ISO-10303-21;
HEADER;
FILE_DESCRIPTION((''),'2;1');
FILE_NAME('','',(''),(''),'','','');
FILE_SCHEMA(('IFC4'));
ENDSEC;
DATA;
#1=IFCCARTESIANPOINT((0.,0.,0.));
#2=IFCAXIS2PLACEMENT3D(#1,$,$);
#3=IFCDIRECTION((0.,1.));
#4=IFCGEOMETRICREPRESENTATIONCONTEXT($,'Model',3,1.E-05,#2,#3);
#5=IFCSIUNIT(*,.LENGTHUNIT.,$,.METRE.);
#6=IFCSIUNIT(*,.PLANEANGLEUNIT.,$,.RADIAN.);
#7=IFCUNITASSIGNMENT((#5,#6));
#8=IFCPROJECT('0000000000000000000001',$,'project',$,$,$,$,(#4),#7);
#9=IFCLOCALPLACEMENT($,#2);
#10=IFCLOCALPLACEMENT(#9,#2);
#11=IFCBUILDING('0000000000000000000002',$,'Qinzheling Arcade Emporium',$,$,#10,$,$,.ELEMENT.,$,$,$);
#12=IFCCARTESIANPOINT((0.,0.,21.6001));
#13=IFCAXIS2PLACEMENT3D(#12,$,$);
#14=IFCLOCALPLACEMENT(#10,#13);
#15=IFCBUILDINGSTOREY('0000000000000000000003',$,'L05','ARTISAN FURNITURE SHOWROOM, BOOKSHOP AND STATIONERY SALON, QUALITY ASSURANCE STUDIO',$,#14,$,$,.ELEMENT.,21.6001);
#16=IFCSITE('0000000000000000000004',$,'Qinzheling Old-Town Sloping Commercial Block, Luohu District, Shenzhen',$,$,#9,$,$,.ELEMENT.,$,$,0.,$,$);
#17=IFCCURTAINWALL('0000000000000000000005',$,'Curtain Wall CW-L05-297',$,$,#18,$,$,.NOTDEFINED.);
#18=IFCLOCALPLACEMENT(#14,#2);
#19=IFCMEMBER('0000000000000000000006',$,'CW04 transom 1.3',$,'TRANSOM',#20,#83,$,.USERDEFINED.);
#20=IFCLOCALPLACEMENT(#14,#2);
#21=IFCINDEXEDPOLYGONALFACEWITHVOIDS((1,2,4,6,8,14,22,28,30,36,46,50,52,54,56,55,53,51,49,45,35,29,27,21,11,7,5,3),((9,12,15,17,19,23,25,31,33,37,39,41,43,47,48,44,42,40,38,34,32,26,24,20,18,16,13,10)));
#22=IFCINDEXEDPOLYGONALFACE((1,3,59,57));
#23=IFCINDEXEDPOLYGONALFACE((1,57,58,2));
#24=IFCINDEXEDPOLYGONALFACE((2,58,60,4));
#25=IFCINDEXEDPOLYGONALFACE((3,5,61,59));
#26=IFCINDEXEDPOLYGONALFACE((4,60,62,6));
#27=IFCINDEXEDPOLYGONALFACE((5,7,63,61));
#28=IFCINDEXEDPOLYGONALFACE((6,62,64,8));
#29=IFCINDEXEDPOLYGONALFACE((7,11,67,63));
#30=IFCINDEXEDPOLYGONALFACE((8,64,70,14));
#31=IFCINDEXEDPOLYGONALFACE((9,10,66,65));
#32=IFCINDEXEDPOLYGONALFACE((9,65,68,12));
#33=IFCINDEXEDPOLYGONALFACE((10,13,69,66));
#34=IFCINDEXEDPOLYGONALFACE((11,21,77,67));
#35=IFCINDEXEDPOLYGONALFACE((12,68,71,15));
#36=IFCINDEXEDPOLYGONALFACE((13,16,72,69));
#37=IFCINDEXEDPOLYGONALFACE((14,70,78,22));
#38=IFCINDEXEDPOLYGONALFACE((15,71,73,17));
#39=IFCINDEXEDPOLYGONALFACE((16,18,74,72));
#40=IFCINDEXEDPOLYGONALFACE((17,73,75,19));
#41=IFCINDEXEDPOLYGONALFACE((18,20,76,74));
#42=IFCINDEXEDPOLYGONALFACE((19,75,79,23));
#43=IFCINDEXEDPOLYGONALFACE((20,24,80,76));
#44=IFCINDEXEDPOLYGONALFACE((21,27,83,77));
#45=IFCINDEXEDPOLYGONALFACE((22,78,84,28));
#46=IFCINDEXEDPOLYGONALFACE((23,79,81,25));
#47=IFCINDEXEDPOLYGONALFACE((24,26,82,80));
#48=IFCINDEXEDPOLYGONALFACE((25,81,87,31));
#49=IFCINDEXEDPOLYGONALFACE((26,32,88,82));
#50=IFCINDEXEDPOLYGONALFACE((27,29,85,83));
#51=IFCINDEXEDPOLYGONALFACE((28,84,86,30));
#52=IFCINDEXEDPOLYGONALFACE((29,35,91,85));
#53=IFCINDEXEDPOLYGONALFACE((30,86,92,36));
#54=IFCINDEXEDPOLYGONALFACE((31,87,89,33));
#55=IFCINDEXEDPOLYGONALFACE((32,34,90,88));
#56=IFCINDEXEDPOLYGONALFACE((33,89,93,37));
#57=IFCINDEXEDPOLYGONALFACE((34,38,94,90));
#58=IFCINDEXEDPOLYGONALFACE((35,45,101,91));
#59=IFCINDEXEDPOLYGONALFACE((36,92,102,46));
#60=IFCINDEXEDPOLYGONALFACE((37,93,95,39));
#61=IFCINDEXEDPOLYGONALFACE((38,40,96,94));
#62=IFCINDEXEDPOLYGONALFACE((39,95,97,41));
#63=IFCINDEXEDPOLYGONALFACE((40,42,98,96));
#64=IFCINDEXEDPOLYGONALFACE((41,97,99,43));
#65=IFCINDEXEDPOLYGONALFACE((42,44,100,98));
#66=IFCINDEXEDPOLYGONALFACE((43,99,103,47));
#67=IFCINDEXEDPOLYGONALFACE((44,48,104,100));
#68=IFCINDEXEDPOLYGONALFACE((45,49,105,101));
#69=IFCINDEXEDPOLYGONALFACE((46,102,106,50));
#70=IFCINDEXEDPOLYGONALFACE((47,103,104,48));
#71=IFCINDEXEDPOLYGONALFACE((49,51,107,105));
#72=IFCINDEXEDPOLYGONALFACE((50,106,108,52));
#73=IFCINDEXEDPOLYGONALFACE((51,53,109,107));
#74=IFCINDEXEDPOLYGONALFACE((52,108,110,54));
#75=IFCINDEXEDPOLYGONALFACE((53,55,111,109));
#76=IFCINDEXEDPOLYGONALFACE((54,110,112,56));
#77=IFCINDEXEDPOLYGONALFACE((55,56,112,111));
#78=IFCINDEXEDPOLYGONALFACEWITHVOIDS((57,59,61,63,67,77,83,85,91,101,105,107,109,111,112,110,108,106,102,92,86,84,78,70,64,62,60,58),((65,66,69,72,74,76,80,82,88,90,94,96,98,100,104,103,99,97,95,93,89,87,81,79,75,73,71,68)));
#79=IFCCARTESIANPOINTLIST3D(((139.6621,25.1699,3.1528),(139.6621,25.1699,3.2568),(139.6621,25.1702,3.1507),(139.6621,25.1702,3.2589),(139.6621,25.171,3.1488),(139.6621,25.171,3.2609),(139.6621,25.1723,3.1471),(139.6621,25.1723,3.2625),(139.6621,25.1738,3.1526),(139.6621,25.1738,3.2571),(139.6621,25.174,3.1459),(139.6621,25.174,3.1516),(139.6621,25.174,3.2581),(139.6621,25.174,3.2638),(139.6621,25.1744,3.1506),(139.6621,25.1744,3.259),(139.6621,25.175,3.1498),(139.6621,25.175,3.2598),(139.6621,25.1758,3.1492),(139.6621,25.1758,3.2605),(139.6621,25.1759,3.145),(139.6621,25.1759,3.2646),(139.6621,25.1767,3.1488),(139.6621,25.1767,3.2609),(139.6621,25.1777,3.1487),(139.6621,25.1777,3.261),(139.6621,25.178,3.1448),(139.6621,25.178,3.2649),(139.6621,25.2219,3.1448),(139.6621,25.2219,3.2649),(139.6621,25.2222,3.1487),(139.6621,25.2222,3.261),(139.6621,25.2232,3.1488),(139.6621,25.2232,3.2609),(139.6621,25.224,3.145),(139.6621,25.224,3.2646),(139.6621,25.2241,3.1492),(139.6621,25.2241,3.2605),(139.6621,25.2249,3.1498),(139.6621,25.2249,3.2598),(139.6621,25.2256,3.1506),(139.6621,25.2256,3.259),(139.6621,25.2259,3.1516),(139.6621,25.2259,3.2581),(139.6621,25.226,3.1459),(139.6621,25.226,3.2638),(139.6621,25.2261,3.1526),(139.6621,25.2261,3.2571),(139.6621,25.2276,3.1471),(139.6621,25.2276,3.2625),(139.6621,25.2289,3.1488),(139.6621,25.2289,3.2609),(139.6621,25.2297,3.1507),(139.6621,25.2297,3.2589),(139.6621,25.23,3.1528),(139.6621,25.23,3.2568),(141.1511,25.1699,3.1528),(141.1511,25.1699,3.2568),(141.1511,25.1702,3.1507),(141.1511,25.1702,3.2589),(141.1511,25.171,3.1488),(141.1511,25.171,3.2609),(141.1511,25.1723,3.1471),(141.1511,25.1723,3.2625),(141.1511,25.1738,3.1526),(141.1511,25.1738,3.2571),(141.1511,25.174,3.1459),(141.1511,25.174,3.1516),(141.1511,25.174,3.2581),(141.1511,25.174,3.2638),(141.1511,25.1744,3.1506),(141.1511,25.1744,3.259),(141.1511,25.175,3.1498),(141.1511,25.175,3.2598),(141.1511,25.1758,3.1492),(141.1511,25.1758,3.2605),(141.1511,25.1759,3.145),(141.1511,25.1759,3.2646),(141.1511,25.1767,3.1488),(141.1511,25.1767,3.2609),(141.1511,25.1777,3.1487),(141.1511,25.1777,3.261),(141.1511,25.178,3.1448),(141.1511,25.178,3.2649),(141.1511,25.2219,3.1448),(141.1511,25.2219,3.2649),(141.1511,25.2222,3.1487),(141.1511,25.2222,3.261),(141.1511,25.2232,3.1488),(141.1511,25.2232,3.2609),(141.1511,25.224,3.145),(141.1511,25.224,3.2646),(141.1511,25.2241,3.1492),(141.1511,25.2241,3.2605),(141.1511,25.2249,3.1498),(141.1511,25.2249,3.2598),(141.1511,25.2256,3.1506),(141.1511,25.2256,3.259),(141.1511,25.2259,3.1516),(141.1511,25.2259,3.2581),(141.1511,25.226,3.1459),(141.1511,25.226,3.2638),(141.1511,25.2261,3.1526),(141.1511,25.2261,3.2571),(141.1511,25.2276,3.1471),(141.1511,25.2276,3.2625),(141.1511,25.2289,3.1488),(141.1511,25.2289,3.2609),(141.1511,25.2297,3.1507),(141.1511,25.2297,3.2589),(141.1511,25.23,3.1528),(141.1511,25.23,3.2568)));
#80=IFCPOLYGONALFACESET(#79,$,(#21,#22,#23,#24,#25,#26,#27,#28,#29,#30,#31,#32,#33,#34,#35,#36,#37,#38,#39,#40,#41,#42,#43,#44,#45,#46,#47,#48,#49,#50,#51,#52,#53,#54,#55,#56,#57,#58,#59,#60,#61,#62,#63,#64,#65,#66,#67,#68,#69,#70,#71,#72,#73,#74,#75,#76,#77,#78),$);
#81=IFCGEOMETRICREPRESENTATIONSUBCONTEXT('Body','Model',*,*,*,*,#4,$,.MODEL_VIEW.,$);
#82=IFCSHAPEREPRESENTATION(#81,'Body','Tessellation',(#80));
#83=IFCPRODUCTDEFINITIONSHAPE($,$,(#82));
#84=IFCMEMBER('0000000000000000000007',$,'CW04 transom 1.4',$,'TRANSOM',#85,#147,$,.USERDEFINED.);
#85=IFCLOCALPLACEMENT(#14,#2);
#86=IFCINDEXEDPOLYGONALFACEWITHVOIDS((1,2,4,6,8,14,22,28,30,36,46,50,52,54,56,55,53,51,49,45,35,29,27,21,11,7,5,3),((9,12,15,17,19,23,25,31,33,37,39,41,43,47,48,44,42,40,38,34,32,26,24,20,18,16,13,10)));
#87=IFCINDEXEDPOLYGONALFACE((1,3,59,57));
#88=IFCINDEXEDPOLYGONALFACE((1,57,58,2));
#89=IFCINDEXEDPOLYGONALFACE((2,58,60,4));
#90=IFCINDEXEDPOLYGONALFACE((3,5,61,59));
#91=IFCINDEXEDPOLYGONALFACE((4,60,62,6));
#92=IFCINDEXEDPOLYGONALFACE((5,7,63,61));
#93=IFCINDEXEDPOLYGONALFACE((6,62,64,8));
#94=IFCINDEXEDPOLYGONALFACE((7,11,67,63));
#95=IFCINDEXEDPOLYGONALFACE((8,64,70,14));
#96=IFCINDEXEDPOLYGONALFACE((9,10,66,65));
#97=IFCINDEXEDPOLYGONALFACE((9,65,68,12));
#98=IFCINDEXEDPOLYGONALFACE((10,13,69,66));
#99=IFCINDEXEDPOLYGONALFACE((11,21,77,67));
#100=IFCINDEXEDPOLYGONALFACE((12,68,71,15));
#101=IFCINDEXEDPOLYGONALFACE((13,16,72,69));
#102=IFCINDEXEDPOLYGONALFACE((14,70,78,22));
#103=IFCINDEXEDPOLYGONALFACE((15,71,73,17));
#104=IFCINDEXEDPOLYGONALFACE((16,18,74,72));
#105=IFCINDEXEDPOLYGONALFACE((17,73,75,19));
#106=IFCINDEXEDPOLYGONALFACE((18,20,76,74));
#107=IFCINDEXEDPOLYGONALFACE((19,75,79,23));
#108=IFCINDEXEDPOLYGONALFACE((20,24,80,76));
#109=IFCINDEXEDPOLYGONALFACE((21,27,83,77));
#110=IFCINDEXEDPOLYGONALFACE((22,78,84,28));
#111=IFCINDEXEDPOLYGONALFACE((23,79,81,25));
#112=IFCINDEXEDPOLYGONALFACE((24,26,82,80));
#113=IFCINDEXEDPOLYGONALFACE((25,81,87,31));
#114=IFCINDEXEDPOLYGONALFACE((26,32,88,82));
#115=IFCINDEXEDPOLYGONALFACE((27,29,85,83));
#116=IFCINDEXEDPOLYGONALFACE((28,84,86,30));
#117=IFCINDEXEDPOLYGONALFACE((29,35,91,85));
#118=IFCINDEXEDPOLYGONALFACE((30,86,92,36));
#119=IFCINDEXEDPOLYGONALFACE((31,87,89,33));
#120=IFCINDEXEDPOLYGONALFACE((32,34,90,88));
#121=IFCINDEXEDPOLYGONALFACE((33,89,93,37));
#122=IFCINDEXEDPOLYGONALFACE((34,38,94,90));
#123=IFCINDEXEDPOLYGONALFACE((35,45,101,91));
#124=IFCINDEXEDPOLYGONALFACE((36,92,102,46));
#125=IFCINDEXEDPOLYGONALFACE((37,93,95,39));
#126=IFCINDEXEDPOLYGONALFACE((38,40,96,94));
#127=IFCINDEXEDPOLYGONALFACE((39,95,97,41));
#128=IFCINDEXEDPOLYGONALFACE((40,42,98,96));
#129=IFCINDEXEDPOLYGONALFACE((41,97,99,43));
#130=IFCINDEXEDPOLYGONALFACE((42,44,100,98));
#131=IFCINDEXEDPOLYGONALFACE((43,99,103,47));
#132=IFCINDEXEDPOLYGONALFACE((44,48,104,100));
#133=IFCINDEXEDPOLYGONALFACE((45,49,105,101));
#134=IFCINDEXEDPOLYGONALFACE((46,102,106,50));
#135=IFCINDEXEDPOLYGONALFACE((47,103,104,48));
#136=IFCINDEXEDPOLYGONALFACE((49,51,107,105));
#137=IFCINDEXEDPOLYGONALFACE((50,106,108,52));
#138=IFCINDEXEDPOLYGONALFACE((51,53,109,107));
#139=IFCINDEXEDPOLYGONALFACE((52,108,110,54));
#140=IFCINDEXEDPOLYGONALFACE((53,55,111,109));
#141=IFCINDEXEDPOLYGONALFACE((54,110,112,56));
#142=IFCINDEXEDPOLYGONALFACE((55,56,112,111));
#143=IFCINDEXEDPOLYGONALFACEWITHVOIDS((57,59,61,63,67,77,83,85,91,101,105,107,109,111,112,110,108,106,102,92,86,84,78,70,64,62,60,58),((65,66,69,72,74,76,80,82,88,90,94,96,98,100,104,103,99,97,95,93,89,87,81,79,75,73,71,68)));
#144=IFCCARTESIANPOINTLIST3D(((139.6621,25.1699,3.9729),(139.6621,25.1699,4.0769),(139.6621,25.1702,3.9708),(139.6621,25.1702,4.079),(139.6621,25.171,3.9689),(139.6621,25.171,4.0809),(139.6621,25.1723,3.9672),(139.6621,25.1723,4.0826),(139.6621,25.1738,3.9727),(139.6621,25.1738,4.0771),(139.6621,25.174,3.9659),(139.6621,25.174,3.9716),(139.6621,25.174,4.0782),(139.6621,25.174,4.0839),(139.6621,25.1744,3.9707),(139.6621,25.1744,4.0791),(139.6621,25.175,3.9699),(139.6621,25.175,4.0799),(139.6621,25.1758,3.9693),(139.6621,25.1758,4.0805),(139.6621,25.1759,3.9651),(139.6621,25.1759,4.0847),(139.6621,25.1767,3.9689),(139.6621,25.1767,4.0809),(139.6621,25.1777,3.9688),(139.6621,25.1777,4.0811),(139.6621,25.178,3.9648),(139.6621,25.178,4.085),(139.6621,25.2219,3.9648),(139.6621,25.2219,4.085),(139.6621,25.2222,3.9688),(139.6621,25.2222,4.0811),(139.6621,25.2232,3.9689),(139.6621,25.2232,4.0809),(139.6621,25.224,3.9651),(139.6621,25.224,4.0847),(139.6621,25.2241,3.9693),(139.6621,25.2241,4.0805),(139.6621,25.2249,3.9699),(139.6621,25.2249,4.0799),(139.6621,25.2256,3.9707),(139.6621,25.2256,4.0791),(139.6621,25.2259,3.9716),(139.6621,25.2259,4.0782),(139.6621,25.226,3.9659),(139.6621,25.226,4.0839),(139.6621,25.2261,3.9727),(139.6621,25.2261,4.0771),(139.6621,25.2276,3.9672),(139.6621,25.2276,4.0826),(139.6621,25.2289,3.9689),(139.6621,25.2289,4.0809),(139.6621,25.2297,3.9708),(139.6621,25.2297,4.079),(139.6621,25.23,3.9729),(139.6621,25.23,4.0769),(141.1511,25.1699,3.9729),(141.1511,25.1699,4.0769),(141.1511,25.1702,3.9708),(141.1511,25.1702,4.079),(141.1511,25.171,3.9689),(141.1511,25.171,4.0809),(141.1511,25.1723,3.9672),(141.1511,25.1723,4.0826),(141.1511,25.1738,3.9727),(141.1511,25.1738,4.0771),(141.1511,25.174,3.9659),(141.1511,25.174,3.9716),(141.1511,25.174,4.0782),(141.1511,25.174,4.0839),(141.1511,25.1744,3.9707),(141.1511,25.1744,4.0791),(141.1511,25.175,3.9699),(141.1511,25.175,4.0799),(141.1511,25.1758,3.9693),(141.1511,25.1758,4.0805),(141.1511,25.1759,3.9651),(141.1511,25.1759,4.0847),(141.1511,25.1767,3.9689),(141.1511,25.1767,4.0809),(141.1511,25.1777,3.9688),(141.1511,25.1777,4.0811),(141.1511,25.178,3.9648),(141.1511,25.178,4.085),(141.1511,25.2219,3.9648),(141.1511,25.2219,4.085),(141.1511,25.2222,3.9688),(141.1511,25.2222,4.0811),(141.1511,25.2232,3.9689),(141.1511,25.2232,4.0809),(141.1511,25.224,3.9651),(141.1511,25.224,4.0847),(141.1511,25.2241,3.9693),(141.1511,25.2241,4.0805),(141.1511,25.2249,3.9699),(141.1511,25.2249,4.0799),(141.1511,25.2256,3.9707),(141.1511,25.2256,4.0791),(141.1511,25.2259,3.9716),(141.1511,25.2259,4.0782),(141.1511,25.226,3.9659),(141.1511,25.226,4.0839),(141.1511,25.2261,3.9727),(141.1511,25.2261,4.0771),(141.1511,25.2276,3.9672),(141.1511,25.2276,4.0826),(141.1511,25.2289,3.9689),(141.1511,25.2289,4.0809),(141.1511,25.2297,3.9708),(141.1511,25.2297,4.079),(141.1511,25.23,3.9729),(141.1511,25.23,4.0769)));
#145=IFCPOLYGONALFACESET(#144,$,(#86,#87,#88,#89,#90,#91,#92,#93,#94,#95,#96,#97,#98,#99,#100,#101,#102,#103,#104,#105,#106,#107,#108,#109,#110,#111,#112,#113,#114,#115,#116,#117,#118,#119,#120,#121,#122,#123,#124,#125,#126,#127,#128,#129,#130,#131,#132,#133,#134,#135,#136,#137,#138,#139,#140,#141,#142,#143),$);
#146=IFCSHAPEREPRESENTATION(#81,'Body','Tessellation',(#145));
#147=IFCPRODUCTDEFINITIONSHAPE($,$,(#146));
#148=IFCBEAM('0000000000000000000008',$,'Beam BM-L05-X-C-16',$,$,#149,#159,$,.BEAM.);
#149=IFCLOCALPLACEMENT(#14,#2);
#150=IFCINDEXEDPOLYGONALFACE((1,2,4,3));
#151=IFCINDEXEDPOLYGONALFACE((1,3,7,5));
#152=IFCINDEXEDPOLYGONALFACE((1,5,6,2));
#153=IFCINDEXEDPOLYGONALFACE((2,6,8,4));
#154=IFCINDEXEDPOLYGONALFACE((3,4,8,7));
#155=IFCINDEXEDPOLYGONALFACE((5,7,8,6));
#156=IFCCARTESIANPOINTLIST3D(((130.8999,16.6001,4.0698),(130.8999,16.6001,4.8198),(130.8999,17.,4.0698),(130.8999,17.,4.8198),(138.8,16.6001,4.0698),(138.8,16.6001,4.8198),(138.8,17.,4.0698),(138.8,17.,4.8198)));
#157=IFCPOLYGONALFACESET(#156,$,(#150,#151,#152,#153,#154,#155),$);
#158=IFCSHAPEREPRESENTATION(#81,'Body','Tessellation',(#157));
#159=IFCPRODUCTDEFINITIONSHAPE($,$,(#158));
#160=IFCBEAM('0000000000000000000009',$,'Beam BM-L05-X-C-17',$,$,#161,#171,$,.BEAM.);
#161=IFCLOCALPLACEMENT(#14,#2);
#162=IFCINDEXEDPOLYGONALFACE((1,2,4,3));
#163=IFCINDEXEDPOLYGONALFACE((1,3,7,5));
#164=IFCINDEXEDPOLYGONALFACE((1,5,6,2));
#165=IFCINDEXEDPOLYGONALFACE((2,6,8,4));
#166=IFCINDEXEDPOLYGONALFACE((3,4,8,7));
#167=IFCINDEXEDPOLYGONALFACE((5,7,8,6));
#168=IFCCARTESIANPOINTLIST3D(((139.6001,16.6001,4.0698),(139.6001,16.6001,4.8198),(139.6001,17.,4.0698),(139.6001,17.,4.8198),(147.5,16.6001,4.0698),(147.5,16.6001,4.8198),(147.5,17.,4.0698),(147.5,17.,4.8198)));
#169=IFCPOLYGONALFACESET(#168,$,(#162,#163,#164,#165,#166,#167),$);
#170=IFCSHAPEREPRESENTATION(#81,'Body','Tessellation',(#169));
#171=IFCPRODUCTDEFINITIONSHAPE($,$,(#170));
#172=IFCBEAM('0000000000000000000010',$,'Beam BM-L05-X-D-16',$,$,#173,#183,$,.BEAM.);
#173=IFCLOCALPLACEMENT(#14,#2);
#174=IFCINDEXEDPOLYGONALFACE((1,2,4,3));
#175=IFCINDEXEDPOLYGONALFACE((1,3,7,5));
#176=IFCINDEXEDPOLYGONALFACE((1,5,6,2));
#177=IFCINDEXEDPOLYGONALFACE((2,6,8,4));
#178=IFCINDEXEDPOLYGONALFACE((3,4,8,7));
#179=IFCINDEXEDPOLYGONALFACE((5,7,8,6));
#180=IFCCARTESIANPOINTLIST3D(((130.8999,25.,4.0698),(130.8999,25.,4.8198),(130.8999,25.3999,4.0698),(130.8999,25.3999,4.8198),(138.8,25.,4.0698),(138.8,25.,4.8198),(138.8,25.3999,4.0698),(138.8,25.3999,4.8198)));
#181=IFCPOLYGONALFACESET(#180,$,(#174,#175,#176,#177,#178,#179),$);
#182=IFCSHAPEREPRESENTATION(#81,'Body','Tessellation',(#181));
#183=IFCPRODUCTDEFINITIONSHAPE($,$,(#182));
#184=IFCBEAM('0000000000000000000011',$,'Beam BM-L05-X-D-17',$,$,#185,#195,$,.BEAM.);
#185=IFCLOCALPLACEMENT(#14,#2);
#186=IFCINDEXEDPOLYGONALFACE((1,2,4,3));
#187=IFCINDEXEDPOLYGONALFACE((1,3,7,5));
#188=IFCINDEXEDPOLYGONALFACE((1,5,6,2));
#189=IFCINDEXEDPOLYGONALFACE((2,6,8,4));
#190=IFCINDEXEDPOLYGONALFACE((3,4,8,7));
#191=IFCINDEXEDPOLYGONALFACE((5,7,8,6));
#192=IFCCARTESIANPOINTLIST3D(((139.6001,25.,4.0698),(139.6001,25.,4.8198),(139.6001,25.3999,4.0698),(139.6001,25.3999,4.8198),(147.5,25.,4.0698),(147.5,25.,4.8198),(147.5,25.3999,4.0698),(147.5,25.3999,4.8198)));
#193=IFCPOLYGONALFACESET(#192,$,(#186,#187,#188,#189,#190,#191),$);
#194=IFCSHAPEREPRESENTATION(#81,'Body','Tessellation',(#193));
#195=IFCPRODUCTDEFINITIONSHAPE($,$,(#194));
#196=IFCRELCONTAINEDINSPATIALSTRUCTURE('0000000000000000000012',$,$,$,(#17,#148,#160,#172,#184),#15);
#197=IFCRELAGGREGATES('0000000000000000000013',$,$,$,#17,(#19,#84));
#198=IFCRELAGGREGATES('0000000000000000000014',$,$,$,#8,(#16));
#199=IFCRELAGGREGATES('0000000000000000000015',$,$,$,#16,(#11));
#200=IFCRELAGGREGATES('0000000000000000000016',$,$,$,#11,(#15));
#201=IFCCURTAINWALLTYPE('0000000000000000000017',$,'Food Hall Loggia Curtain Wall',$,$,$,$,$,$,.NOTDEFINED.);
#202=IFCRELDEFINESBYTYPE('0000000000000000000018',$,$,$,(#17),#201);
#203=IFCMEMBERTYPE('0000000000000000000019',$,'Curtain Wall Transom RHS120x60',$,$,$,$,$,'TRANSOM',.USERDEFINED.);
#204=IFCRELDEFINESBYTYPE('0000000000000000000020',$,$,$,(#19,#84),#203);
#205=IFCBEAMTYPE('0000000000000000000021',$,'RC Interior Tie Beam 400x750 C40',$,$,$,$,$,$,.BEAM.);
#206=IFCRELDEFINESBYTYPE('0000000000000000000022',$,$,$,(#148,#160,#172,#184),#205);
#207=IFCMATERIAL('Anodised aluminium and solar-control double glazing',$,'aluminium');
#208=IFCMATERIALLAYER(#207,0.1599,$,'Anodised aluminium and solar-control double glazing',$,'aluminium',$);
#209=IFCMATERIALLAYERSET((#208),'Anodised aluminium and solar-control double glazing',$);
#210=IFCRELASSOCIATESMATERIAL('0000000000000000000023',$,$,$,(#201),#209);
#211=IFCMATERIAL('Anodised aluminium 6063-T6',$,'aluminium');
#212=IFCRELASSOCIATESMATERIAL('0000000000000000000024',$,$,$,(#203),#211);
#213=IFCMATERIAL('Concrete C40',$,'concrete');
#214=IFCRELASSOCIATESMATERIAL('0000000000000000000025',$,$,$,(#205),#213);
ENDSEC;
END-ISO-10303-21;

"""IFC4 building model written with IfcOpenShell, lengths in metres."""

from ifc_helpers import new_model, si_unit, direction, frame, origin, origin_2d, place, context, subcontext, project, spatial, rectangle, hollow_rectangle, extrude, material, layer, layer_set, material_profile, profile_set, type_object, element, aggregate, save


model = new_model("IFC4")

# Units and contexts
model_context = context("Model", 3, precision=1e-05, world=origin(), true_north=direction((0.0, 1.0)))
body_context = subcontext(model_context, "Body", "Model", "MODEL_VIEW")
ifc_project = project(units=[si_unit("LENGTHUNIT", "METRE"), si_unit("PLANEANGLEUNIT", "RADIAN")], contexts=[model_context])

# Site, building, storey
site_placement = place(None, origin())
site = spatial("IfcSite", under=ifc_project, at=site_placement, Name="Qinzheling Old-Town Sloping Commercial Block, Luohu District, Shenzhen", CompositionType="ELEMENT", RefElevation=0.0)
building_placement = place(site_placement, origin())
building = spatial("IfcBuilding", under=site, at=building_placement, Name="Qinzheling Arcade Emporium", CompositionType="ELEMENT")
storey_placement = place(building_placement, frame((0.0, 0.0, 21.6001)))
storey = spatial("IfcBuildingStorey", under=building, at=storey_placement, Name="L05", Description="ARTISAN FURNITURE SHOWROOM, BOOKSHOP AND STATIONERY SALON, QUALITY ASSURANCE STUDIO", CompositionType="ELEMENT", Elevation=21.6001)

# Shared definitions
ifc_material_1 = material(Name="Concrete C40", Category="concrete")

# Shared definitions
ifc_material_2 = material(Name="Anodised aluminium and solar-control double glazing", Category="aluminium")
ifc_layer_1 = layer(ifc_material_2, 0.1599, Name="Anodised aluminium and solar-control double glazing", Category="aluminium")
ifc_layer_set_1 = layer_set([ifc_layer_1], Name="Anodised aluminium and solar-control double glazing")
curtain_wall_type = type_object("IfcCurtainWallType", Name="Food Hall Loggia Curtain Wall", PredefinedType="NOTDEFINED", material=ifc_layer_set_1)
ifc_material_3 = material(Name="Anodised aluminium 6063-T6", Category="aluminium")

# Curtain wall
curtain_wall_1_placement = place(storey_placement, origin())
curtain_wall_1 = element("IfcCurtainWall", 1, at=curtain_wall_1_placement, inside=storey, type_object=curtain_wall_type, Name="Curtain Wall CW-L05-297", PredefinedType="NOTDEFINED")

# Members
ifc_material_profile_1 = material_profile(ifc_material_3, hollow_rectangle(XDim=0.0601, YDim=0.1201, WallThickness=0.0039, InnerFilletRadius=0.0039, OuterFilletRadius=0.0081, at=origin_2d()), Name="RHS 120x60x4", Category="aluminium")
ifc_profile_set_1 = profile_set([ifc_material_profile_1], Name="Anodised aluminium 6063-T6")
member_type_1 = type_object("IfcMemberType", Name="Curtain Wall Transom RHS120x60", ElementType="TRANSOM", PredefinedType="USERDEFINED", material=ifc_profile_set_1)
member_1_placement = place(storey_placement, frame((139.6621, 25.2, 3.2048), z_axis=(1.0, 0.0, 0.0), x_axis=(0.0, 1.0, 0.0)))
member_1 = element("IfcMember", 2, at=member_1_placement, type_object=member_type_1, Name="CW04 transom 1.3", ObjectType="TRANSOM", PredefinedType="USERDEFINED", context=body_context, shape_type="SweptSolid", body=[
    extrude(hollow_rectangle(XDim=0.0601, YDim=0.1201, WallThickness=0.0039, InnerFilletRadius=0.0039, OuterFilletRadius=0.0081, at=origin_2d()), origin(), (0.0, 0.0, 1.0), 1.489),
])
member_2_placement = place(storey_placement, frame((139.6621, 25.2, 4.0249), z_axis=(1.0, 0.0, 0.0), x_axis=(0.0, 1.0, 0.0)))
member_2 = element("IfcMember", 3, at=member_2_placement, type_object=member_type_1, Name="CW04 transom 1.4", ObjectType="TRANSOM", PredefinedType="USERDEFINED", context=body_context, shape_type="SweptSolid", body=[
    extrude(hollow_rectangle(XDim=0.0601, YDim=0.1201, WallThickness=0.0039, InnerFilletRadius=0.0039, OuterFilletRadius=0.0081, at=origin_2d()), origin(), (0.0, 0.0, 1.0), 1.489),
])

# Beams
ifc_material_profile_2 = material_profile(ifc_material_1, rectangle(XDim=0.3999, YDim=0.75, at=origin_2d()), Name="RC 400x750", Category="concrete")
ifc_profile_set_2 = profile_set([ifc_material_profile_2], Name="Concrete C40")
beam_type = type_object("IfcBeamType", Name="RC Interior Tie Beam 400x750 C40", PredefinedType="BEAM", material=ifc_profile_set_2)
beam_1_placement = place(storey_placement, frame((130.8999, 16.8, 4.4448), z_axis=(1.0, 0.0, 0.0), x_axis=(0.0, 1.0, 0.0)))
element("IfcBeam", 4, at=beam_1_placement, inside=storey, type_object=beam_type, Name="Beam BM-L05-X-C-16", PredefinedType="BEAM", context=body_context, shape_type="SweptSolid", body=[
    extrude(rectangle(XDim=0.3999, YDim=0.75, at=origin_2d()), origin(), (0.0, 0.0, 1.0), 7.9001),
])
beam_2_placement = place(storey_placement, frame((139.6001, 16.8, 4.4448), z_axis=(1.0, 0.0, 0.0), x_axis=(0.0, 1.0, 0.0)))
element("IfcBeam", 5, at=beam_2_placement, inside=storey, type_object=beam_type, Name="Beam BM-L05-X-C-17", PredefinedType="BEAM", context=body_context, shape_type="SweptSolid", body=[
    extrude(rectangle(XDim=0.3999, YDim=0.75, at=origin_2d()), origin(), (0.0, 0.0, 1.0), 7.8999),
])
beam_3_placement = place(storey_placement, frame((130.8999, 25.2, 4.4448), z_axis=(1.0, 0.0, 0.0), x_axis=(0.0, 1.0, 0.0)))
element("IfcBeam", 6, at=beam_3_placement, inside=storey, type_object=beam_type, Name="Beam BM-L05-X-D-16", PredefinedType="BEAM", context=body_context, shape_type="SweptSolid", body=[
    extrude(rectangle(XDim=0.3999, YDim=0.75, at=origin_2d()), origin(), (0.0, 0.0, 1.0), 7.9001),
])
beam_4_placement = place(storey_placement, frame((139.6001, 25.2, 4.4448), z_axis=(1.0, 0.0, 0.0), x_axis=(0.0, 1.0, 0.0)))
element("IfcBeam", 7, at=beam_4_placement, inside=storey, type_object=beam_type, Name="Beam BM-L05-X-D-17", PredefinedType="BEAM", context=body_context, shape_type="SweptSolid", body=[
    extrude(rectangle(XDim=0.3999, YDim=0.75, at=origin_2d()), origin(), (0.0, 0.0, 1.0), 7.8999),
])

aggregate(curtain_wall_1, [member_1, member_2])

save(model, "model.ifc")
